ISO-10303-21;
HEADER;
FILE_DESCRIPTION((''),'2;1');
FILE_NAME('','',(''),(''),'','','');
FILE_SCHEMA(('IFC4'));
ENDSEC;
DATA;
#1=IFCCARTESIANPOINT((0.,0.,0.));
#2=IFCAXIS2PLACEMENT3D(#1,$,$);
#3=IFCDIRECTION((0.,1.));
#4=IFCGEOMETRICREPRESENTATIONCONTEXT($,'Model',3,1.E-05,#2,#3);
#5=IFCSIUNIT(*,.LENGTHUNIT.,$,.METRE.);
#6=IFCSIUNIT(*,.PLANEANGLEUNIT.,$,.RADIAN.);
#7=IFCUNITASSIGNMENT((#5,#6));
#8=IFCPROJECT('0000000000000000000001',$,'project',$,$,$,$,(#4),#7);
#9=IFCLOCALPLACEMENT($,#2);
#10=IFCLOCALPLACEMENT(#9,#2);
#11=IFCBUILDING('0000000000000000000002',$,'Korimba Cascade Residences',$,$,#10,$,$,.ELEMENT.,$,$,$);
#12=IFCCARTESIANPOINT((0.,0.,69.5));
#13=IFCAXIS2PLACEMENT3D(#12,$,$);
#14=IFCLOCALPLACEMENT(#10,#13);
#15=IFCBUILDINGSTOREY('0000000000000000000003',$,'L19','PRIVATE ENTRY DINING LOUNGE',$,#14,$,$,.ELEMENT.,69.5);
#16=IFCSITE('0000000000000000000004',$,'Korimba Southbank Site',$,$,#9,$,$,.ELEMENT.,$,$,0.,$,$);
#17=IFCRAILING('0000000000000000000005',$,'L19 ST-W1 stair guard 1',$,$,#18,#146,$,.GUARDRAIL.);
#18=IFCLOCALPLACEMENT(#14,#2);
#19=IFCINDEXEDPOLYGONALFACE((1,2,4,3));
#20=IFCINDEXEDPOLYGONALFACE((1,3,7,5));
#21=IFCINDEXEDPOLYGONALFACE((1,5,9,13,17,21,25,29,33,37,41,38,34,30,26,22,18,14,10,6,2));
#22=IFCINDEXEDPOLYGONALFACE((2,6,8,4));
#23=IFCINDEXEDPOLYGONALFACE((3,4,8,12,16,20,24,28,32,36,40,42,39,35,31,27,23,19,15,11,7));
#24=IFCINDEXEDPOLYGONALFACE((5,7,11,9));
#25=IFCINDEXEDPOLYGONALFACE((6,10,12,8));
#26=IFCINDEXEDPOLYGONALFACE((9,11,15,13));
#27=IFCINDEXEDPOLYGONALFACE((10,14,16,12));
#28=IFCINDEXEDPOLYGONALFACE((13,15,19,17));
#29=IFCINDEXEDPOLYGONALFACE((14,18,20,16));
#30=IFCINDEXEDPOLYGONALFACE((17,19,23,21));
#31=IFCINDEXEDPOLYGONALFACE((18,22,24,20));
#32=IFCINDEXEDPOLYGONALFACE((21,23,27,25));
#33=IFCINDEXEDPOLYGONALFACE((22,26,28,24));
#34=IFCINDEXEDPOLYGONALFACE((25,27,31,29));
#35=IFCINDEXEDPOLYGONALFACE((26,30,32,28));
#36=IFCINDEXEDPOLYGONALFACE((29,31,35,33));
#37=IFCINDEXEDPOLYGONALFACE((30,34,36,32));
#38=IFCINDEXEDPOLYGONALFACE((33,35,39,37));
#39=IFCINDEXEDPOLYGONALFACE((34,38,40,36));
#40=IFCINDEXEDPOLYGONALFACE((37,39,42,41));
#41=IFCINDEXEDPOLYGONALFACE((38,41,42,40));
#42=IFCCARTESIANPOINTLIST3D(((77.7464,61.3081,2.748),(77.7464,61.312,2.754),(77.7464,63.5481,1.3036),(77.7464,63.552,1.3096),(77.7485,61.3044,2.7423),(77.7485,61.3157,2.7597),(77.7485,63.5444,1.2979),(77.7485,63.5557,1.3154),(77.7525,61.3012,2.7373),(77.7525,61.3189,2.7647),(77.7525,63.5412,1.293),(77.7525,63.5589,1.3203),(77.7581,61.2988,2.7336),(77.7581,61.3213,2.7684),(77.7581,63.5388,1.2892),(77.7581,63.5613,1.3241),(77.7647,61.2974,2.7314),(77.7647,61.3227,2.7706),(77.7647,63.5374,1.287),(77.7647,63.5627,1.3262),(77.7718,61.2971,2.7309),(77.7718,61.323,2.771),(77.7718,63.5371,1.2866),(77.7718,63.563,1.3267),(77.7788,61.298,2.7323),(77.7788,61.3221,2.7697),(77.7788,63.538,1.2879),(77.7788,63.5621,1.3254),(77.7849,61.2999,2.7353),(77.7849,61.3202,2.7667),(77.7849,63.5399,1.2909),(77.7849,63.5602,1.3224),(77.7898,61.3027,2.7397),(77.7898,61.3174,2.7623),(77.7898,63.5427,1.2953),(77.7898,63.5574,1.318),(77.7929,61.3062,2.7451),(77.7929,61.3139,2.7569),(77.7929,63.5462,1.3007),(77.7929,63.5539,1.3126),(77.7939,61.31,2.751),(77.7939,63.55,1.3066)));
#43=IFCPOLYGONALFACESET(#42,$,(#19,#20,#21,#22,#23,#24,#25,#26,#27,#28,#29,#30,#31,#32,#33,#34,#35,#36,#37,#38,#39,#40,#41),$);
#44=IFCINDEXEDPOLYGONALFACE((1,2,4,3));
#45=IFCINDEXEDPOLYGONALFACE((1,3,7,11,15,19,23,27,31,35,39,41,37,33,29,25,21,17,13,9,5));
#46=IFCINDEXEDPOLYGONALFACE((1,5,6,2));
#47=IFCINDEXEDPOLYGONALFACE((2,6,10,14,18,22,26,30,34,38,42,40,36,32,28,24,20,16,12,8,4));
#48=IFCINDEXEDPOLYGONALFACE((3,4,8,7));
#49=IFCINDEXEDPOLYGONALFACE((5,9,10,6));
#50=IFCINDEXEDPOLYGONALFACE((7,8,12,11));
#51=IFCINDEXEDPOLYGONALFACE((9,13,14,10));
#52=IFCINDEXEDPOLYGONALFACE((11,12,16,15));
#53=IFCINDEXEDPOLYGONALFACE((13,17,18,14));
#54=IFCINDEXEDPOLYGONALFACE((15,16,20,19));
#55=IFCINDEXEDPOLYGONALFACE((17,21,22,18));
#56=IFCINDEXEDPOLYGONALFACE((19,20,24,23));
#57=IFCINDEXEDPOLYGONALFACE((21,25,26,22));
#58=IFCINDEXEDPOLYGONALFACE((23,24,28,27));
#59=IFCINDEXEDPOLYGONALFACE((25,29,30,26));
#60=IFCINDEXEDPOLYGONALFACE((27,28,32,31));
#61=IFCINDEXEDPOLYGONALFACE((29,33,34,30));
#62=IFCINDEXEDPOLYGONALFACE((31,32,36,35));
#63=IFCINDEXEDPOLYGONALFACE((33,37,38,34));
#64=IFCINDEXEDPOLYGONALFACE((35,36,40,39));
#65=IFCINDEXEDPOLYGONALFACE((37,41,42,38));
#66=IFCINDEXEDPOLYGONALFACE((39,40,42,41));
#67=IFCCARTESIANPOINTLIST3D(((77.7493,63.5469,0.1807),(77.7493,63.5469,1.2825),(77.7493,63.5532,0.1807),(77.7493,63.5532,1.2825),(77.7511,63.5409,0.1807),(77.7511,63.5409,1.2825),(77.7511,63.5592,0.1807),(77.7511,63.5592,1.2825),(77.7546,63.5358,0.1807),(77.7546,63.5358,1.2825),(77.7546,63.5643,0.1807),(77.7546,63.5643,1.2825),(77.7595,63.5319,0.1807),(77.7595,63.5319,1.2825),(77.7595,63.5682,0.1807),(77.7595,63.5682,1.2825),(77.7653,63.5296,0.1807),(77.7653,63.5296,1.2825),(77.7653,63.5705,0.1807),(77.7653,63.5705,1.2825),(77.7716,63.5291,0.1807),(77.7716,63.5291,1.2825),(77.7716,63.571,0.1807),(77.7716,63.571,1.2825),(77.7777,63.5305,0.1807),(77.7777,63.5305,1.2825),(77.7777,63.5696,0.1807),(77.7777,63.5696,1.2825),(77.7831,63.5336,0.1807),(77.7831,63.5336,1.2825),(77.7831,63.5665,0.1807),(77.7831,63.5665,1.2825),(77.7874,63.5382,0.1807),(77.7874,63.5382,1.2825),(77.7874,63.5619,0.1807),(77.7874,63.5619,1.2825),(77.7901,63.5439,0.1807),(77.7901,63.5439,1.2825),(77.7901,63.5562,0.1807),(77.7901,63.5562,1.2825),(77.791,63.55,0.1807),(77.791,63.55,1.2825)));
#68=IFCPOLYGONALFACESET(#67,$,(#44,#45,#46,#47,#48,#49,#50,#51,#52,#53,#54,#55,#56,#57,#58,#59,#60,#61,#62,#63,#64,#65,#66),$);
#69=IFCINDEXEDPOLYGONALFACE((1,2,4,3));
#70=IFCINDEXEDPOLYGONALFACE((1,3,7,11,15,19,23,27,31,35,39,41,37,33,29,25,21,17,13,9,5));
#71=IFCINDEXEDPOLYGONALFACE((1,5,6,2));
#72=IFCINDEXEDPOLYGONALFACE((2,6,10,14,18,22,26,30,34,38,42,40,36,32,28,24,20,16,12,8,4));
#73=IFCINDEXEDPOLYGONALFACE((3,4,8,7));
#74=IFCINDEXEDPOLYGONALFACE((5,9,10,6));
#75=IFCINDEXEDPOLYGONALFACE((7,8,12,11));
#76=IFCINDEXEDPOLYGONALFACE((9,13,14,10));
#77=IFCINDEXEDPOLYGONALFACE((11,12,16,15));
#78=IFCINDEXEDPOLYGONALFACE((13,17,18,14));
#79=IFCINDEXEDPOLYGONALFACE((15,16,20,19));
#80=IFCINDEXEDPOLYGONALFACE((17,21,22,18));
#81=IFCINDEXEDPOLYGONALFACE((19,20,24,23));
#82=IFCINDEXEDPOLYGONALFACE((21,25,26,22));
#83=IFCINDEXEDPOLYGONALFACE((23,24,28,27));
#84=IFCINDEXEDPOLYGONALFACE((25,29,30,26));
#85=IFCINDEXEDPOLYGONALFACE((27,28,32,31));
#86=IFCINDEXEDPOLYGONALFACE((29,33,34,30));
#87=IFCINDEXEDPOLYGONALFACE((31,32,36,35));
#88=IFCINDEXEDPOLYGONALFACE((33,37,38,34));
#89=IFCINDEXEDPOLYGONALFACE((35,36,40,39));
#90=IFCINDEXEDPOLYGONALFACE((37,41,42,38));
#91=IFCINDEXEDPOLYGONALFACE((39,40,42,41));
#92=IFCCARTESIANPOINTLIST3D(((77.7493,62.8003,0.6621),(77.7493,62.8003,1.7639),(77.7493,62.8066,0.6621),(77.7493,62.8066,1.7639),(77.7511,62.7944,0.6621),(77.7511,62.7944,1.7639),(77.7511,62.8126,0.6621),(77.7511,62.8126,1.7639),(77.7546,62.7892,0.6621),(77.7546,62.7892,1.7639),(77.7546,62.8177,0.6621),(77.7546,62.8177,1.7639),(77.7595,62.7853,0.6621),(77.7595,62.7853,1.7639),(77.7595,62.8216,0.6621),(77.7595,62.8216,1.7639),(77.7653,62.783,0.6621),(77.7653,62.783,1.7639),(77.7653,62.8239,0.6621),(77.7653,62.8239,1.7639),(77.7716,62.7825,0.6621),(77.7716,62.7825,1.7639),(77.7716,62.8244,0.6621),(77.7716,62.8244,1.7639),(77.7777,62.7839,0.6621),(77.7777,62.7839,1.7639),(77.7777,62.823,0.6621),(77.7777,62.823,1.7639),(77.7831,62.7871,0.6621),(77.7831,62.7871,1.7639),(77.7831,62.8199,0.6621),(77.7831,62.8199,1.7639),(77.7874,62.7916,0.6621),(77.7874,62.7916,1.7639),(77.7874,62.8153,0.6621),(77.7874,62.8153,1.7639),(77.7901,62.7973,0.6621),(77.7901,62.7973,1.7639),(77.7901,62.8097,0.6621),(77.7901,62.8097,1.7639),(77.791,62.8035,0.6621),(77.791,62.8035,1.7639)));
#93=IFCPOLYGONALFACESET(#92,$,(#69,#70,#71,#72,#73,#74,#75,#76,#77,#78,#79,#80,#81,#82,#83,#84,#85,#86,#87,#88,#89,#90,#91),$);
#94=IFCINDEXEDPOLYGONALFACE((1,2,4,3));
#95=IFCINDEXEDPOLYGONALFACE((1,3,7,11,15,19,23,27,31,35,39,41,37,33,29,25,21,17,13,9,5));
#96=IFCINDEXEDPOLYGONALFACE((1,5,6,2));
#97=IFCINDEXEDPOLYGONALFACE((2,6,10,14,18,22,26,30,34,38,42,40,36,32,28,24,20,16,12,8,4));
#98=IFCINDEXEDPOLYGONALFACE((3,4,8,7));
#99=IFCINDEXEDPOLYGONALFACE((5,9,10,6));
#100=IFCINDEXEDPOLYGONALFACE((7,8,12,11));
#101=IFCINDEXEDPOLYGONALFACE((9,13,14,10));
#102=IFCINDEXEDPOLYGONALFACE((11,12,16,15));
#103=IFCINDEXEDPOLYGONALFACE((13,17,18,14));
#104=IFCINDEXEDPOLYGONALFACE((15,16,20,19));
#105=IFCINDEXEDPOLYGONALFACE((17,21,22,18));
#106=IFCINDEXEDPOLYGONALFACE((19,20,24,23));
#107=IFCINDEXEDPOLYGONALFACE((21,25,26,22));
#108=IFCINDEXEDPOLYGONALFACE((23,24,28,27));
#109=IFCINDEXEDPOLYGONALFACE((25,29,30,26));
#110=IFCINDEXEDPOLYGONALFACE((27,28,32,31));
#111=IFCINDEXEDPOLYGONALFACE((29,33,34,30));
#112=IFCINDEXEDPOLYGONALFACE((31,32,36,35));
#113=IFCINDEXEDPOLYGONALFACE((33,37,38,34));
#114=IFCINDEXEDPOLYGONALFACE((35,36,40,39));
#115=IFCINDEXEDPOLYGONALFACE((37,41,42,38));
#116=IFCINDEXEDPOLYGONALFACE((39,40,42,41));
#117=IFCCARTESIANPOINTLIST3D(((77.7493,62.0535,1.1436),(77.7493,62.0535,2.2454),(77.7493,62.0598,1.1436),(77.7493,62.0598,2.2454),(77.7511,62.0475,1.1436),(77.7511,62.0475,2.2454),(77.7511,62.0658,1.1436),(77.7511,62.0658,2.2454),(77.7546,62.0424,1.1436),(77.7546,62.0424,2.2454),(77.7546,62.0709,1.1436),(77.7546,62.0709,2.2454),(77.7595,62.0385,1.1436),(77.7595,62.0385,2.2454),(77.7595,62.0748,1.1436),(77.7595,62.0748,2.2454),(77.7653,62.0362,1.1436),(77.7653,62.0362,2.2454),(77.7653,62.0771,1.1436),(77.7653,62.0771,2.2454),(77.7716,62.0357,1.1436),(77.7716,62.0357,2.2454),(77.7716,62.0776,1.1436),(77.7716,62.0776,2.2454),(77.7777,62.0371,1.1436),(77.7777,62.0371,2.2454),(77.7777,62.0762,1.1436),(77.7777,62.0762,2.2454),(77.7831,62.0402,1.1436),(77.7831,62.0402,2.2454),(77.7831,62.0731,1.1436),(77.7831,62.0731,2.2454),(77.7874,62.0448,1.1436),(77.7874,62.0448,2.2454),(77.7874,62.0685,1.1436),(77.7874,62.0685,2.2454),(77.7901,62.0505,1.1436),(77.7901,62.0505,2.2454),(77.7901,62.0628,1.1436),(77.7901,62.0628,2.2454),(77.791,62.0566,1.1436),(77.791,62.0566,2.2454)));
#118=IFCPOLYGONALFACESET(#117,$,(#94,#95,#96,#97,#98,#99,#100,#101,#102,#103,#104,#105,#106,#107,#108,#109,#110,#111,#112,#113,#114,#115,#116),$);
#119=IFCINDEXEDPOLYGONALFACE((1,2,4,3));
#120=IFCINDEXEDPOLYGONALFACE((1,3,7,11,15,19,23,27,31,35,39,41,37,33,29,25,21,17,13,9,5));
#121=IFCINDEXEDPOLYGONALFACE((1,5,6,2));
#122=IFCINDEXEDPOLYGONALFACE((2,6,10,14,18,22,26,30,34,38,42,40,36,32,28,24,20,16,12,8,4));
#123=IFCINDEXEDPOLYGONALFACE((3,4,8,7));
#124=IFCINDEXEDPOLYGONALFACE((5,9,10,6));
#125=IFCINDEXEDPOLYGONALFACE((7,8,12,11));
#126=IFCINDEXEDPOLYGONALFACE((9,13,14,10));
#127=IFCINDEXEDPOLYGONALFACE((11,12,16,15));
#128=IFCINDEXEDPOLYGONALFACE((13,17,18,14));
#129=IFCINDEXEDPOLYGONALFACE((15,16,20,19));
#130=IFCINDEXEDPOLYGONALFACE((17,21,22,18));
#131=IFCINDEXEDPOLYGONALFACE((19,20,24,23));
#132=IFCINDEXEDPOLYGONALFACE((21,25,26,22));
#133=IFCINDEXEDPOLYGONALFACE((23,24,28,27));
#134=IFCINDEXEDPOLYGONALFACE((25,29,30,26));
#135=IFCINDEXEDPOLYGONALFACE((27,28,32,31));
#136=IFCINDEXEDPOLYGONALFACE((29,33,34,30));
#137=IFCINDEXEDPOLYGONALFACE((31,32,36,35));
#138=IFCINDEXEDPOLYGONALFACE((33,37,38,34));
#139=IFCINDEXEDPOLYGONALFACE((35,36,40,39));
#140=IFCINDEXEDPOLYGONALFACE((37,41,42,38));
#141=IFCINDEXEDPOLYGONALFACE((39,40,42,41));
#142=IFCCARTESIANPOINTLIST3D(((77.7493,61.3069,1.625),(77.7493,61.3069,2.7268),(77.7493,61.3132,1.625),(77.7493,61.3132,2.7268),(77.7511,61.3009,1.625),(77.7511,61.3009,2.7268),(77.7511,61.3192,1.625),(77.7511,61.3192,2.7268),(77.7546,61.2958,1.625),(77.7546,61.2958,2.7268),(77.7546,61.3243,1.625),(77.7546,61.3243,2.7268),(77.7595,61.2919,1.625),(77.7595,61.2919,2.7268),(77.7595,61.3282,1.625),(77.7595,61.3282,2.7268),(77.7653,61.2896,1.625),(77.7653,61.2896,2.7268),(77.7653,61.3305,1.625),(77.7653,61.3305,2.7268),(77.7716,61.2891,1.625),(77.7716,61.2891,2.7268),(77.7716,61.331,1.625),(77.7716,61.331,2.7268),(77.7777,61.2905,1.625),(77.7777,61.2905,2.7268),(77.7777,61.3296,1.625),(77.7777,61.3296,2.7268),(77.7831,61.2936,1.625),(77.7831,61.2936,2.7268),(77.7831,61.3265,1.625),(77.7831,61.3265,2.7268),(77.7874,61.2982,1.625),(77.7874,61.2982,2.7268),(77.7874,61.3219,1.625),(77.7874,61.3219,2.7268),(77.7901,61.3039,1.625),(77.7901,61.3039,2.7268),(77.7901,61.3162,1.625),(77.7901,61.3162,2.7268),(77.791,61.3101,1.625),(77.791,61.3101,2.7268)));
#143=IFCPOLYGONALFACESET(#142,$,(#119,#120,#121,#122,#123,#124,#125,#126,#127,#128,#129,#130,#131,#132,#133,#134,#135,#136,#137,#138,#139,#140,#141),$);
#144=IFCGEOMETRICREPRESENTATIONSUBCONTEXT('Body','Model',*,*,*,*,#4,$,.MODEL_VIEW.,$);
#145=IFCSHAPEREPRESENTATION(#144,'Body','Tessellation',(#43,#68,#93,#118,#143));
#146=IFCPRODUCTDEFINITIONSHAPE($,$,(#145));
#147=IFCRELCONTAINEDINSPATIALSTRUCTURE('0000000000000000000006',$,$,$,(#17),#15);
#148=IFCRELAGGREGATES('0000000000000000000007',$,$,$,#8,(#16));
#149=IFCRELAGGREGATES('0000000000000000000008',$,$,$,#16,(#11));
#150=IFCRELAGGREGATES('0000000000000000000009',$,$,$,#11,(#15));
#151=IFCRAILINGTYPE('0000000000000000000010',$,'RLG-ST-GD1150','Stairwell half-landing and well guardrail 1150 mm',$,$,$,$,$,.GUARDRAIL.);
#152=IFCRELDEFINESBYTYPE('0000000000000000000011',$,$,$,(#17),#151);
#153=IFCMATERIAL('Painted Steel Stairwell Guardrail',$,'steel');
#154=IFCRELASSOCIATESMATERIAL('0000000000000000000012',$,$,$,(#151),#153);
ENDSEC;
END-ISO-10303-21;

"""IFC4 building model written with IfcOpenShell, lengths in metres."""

from ifc_helpers import new_model, si_unit, direction, frame, origin, origin_2d, place, context, subcontext, project, spatial, circle, extrude, material, type_object, element, save


model = new_model("IFC4")

# Units and contexts
model_context = context("Model", 3, precision=1e-05, world=origin(), true_north=direction((0.0, 1.0)))
body_context = subcontext(model_context, "Body", "Model", "MODEL_VIEW")
ifc_project = project(units=[si_unit("LENGTHUNIT", "METRE"), si_unit("PLANEANGLEUNIT", "RADIAN")], contexts=[model_context])

# Site, building, storey
site_placement = place(None, origin())
site = spatial("IfcSite", under=ifc_project, at=site_placement, Name="Korimba Southbank Site", CompositionType="ELEMENT", RefElevation=0.0)
building_placement = place(site_placement, origin())
building = spatial("IfcBuilding", under=site, at=building_placement, Name="Korimba Cascade Residences", CompositionType="ELEMENT")
storey_placement = place(building_placement, frame((0.0, 0.0, 69.5)))
storey = spatial("IfcBuildingStorey", under=building, at=storey_placement, Name="L19", Description="PRIVATE ENTRY DINING LOUNGE", CompositionType="ELEMENT", Elevation=69.5)

# Railing
ifc_material_1 = material(Name="Painted Steel Stairwell Guardrail", Category="steel")
railing_type_1 = type_object("IfcRailingType", Name="RLG-ST-GD1150", Description="Stairwell half-landing and well guardrail 1150 mm", PredefinedType="GUARDRAIL", material=ifc_material_1)
railing_1_placement = place(storey_placement, frame((77.77, 63.55, 0.1807)))
element("IfcRailing", 1, at=railing_1_placement, inside=storey, type_object=railing_type_1, Name="L19 ST-W1 stair guard 1", PredefinedType="GUARDRAIL", context=body_context, shape_type="SweptSolid", body=[
    extrude(circle(Radius=0.0239, at=origin_2d()), frame((0.0, 0.0, 1.126), z_axis=(0.0, -0.840437, 0.54191), x_axis=(1.0, 0.0, 0.0)), (0.0, 0.0, 1.0), 2.6653),
    extrude(circle(Radius=0.021, at=origin_2d()), origin(), (0.0, 0.0, 1.0), 1.1018),
    extrude(circle(Radius=0.021, at=origin_2d()), frame((0.0, -0.7466, 0.4814)), (0.0, 0.0, 1.0), 1.1018),
    extrude(circle(Radius=0.021, at=origin_2d()), frame((0.0, -1.4934, 0.9629)), (0.0, 0.0, 1.0), 1.1018),
    extrude(circle(Radius=0.021, at=origin_2d()), frame((0.0, -2.24, 1.4443)), (0.0, 0.0, 1.0), 1.1018),
])

save(model, "model.ifc")
